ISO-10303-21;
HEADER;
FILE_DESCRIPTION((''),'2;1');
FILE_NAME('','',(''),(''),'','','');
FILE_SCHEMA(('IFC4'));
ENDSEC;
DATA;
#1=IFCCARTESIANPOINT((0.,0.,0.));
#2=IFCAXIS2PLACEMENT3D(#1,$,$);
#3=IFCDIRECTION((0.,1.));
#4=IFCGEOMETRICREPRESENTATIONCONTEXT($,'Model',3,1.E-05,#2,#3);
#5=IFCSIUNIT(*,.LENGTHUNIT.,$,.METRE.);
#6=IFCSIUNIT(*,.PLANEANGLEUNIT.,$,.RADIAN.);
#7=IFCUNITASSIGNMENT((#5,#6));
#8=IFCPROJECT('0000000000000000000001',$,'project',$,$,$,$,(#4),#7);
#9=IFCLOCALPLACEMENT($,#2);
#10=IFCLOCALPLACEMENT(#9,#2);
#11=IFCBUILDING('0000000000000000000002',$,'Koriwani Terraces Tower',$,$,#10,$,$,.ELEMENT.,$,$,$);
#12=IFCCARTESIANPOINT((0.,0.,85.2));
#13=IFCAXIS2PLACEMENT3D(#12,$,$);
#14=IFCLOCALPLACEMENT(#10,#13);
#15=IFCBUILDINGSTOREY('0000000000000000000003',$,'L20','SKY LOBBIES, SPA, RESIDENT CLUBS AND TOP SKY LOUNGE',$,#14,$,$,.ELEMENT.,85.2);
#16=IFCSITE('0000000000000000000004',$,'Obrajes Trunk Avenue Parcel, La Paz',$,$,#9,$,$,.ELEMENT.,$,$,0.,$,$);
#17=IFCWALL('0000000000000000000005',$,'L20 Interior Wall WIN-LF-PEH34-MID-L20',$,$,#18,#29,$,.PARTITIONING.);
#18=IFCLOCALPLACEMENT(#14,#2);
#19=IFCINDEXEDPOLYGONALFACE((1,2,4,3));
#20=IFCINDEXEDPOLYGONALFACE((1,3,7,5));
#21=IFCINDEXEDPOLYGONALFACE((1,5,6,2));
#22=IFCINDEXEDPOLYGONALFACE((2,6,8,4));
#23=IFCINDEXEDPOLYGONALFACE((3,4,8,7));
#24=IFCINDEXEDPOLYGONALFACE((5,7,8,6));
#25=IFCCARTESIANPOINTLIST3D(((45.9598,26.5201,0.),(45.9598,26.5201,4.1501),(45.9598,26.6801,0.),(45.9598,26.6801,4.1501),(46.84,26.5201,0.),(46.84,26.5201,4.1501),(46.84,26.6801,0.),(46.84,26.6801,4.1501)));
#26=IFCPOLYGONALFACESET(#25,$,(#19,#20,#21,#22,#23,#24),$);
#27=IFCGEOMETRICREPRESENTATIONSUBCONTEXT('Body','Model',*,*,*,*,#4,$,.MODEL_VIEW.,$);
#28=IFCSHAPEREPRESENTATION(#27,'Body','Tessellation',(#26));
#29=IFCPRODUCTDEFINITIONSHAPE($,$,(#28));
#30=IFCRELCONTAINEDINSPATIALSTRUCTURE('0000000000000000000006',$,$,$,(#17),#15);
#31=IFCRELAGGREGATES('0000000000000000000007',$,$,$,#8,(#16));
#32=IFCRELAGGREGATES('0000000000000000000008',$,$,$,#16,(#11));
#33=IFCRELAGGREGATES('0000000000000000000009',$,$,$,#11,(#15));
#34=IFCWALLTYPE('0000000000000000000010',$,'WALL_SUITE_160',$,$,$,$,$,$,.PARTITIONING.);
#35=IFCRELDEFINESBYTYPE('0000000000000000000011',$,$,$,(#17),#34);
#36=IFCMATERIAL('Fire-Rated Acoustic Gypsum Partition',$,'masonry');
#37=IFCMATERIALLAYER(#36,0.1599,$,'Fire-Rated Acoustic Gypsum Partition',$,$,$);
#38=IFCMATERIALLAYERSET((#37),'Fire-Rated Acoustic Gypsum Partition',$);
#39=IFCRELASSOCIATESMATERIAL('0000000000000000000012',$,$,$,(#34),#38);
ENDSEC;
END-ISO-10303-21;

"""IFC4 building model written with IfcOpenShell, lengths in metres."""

from ifc_helpers import new_model, si_unit, direction, frame, frame_2d, origin, place, context, subcontext, project, spatial, rectangle, extrude, material, layer, layer_set, type_object, element, save


model = new_model("IFC4")

# Units and contexts
model_context = context("Model", 3, precision=1e-05, world=origin(), true_north=direction((0.0, 1.0)))
body_context = subcontext(model_context, "Body", "Model", "MODEL_VIEW")
ifc_project = project(units=[si_unit("LENGTHUNIT", "METRE"), si_unit("PLANEANGLEUNIT", "RADIAN")], contexts=[model_context])

# Site, building, storey
site_placement = place(None, origin())
site = spatial("IfcSite", under=ifc_project, at=site_placement, Name="Obrajes Trunk Avenue Parcel, La Paz", CompositionType="ELEMENT", RefElevation=0.0)
building_placement = place(site_placement, origin())
building = spatial("IfcBuilding", under=site, at=building_placement, Name="Koriwani Terraces Tower", CompositionType="ELEMENT")
storey_placement = place(building_placement, frame((0.0, 0.0, 85.2)))
storey = spatial("IfcBuildingStorey", under=building, at=storey_placement, Name="L20", Description="SKY LOBBIES, SPA, RESIDENT CLUBS AND TOP SKY LOUNGE", CompositionType="ELEMENT", Elevation=85.2)

# Wall
ifc_material_1 = material(Name="Fire-Rated Acoustic Gypsum Partition", Category="masonry")
ifc_layer_1 = layer(ifc_material_1, 0.1599, Name="Fire-Rated Acoustic Gypsum Partition")
ifc_layer_set_1 = layer_set([ifc_layer_1], Name="Fire-Rated Acoustic Gypsum Partition")
wall_type_1 = type_object("IfcWallType", Name="WALL_SUITE_160", PredefinedType="PARTITIONING", material=ifc_layer_set_1)
wall_1_placement = place(storey_placement, frame((45.96, 26.6001, 0.0), z_axis=(0.0, 0.0, 1.0), x_axis=(1.0, 0.0, 0.0)))
element("IfcWall", 1, at=wall_1_placement, inside=storey, type_object=wall_type_1, Name="L20 Interior Wall WIN-LF-PEH34-MID-L20", PredefinedType="PARTITIONING", context=body_context, shape_type="SweptSolid", body=[
    extrude(rectangle(XDim=0.8801, YDim=0.1599, at=frame_2d((0.4399, 0.0))), origin(), (0.0, 0.0, 1.0), 4.1501),
])

save(model, "model.ifc")
